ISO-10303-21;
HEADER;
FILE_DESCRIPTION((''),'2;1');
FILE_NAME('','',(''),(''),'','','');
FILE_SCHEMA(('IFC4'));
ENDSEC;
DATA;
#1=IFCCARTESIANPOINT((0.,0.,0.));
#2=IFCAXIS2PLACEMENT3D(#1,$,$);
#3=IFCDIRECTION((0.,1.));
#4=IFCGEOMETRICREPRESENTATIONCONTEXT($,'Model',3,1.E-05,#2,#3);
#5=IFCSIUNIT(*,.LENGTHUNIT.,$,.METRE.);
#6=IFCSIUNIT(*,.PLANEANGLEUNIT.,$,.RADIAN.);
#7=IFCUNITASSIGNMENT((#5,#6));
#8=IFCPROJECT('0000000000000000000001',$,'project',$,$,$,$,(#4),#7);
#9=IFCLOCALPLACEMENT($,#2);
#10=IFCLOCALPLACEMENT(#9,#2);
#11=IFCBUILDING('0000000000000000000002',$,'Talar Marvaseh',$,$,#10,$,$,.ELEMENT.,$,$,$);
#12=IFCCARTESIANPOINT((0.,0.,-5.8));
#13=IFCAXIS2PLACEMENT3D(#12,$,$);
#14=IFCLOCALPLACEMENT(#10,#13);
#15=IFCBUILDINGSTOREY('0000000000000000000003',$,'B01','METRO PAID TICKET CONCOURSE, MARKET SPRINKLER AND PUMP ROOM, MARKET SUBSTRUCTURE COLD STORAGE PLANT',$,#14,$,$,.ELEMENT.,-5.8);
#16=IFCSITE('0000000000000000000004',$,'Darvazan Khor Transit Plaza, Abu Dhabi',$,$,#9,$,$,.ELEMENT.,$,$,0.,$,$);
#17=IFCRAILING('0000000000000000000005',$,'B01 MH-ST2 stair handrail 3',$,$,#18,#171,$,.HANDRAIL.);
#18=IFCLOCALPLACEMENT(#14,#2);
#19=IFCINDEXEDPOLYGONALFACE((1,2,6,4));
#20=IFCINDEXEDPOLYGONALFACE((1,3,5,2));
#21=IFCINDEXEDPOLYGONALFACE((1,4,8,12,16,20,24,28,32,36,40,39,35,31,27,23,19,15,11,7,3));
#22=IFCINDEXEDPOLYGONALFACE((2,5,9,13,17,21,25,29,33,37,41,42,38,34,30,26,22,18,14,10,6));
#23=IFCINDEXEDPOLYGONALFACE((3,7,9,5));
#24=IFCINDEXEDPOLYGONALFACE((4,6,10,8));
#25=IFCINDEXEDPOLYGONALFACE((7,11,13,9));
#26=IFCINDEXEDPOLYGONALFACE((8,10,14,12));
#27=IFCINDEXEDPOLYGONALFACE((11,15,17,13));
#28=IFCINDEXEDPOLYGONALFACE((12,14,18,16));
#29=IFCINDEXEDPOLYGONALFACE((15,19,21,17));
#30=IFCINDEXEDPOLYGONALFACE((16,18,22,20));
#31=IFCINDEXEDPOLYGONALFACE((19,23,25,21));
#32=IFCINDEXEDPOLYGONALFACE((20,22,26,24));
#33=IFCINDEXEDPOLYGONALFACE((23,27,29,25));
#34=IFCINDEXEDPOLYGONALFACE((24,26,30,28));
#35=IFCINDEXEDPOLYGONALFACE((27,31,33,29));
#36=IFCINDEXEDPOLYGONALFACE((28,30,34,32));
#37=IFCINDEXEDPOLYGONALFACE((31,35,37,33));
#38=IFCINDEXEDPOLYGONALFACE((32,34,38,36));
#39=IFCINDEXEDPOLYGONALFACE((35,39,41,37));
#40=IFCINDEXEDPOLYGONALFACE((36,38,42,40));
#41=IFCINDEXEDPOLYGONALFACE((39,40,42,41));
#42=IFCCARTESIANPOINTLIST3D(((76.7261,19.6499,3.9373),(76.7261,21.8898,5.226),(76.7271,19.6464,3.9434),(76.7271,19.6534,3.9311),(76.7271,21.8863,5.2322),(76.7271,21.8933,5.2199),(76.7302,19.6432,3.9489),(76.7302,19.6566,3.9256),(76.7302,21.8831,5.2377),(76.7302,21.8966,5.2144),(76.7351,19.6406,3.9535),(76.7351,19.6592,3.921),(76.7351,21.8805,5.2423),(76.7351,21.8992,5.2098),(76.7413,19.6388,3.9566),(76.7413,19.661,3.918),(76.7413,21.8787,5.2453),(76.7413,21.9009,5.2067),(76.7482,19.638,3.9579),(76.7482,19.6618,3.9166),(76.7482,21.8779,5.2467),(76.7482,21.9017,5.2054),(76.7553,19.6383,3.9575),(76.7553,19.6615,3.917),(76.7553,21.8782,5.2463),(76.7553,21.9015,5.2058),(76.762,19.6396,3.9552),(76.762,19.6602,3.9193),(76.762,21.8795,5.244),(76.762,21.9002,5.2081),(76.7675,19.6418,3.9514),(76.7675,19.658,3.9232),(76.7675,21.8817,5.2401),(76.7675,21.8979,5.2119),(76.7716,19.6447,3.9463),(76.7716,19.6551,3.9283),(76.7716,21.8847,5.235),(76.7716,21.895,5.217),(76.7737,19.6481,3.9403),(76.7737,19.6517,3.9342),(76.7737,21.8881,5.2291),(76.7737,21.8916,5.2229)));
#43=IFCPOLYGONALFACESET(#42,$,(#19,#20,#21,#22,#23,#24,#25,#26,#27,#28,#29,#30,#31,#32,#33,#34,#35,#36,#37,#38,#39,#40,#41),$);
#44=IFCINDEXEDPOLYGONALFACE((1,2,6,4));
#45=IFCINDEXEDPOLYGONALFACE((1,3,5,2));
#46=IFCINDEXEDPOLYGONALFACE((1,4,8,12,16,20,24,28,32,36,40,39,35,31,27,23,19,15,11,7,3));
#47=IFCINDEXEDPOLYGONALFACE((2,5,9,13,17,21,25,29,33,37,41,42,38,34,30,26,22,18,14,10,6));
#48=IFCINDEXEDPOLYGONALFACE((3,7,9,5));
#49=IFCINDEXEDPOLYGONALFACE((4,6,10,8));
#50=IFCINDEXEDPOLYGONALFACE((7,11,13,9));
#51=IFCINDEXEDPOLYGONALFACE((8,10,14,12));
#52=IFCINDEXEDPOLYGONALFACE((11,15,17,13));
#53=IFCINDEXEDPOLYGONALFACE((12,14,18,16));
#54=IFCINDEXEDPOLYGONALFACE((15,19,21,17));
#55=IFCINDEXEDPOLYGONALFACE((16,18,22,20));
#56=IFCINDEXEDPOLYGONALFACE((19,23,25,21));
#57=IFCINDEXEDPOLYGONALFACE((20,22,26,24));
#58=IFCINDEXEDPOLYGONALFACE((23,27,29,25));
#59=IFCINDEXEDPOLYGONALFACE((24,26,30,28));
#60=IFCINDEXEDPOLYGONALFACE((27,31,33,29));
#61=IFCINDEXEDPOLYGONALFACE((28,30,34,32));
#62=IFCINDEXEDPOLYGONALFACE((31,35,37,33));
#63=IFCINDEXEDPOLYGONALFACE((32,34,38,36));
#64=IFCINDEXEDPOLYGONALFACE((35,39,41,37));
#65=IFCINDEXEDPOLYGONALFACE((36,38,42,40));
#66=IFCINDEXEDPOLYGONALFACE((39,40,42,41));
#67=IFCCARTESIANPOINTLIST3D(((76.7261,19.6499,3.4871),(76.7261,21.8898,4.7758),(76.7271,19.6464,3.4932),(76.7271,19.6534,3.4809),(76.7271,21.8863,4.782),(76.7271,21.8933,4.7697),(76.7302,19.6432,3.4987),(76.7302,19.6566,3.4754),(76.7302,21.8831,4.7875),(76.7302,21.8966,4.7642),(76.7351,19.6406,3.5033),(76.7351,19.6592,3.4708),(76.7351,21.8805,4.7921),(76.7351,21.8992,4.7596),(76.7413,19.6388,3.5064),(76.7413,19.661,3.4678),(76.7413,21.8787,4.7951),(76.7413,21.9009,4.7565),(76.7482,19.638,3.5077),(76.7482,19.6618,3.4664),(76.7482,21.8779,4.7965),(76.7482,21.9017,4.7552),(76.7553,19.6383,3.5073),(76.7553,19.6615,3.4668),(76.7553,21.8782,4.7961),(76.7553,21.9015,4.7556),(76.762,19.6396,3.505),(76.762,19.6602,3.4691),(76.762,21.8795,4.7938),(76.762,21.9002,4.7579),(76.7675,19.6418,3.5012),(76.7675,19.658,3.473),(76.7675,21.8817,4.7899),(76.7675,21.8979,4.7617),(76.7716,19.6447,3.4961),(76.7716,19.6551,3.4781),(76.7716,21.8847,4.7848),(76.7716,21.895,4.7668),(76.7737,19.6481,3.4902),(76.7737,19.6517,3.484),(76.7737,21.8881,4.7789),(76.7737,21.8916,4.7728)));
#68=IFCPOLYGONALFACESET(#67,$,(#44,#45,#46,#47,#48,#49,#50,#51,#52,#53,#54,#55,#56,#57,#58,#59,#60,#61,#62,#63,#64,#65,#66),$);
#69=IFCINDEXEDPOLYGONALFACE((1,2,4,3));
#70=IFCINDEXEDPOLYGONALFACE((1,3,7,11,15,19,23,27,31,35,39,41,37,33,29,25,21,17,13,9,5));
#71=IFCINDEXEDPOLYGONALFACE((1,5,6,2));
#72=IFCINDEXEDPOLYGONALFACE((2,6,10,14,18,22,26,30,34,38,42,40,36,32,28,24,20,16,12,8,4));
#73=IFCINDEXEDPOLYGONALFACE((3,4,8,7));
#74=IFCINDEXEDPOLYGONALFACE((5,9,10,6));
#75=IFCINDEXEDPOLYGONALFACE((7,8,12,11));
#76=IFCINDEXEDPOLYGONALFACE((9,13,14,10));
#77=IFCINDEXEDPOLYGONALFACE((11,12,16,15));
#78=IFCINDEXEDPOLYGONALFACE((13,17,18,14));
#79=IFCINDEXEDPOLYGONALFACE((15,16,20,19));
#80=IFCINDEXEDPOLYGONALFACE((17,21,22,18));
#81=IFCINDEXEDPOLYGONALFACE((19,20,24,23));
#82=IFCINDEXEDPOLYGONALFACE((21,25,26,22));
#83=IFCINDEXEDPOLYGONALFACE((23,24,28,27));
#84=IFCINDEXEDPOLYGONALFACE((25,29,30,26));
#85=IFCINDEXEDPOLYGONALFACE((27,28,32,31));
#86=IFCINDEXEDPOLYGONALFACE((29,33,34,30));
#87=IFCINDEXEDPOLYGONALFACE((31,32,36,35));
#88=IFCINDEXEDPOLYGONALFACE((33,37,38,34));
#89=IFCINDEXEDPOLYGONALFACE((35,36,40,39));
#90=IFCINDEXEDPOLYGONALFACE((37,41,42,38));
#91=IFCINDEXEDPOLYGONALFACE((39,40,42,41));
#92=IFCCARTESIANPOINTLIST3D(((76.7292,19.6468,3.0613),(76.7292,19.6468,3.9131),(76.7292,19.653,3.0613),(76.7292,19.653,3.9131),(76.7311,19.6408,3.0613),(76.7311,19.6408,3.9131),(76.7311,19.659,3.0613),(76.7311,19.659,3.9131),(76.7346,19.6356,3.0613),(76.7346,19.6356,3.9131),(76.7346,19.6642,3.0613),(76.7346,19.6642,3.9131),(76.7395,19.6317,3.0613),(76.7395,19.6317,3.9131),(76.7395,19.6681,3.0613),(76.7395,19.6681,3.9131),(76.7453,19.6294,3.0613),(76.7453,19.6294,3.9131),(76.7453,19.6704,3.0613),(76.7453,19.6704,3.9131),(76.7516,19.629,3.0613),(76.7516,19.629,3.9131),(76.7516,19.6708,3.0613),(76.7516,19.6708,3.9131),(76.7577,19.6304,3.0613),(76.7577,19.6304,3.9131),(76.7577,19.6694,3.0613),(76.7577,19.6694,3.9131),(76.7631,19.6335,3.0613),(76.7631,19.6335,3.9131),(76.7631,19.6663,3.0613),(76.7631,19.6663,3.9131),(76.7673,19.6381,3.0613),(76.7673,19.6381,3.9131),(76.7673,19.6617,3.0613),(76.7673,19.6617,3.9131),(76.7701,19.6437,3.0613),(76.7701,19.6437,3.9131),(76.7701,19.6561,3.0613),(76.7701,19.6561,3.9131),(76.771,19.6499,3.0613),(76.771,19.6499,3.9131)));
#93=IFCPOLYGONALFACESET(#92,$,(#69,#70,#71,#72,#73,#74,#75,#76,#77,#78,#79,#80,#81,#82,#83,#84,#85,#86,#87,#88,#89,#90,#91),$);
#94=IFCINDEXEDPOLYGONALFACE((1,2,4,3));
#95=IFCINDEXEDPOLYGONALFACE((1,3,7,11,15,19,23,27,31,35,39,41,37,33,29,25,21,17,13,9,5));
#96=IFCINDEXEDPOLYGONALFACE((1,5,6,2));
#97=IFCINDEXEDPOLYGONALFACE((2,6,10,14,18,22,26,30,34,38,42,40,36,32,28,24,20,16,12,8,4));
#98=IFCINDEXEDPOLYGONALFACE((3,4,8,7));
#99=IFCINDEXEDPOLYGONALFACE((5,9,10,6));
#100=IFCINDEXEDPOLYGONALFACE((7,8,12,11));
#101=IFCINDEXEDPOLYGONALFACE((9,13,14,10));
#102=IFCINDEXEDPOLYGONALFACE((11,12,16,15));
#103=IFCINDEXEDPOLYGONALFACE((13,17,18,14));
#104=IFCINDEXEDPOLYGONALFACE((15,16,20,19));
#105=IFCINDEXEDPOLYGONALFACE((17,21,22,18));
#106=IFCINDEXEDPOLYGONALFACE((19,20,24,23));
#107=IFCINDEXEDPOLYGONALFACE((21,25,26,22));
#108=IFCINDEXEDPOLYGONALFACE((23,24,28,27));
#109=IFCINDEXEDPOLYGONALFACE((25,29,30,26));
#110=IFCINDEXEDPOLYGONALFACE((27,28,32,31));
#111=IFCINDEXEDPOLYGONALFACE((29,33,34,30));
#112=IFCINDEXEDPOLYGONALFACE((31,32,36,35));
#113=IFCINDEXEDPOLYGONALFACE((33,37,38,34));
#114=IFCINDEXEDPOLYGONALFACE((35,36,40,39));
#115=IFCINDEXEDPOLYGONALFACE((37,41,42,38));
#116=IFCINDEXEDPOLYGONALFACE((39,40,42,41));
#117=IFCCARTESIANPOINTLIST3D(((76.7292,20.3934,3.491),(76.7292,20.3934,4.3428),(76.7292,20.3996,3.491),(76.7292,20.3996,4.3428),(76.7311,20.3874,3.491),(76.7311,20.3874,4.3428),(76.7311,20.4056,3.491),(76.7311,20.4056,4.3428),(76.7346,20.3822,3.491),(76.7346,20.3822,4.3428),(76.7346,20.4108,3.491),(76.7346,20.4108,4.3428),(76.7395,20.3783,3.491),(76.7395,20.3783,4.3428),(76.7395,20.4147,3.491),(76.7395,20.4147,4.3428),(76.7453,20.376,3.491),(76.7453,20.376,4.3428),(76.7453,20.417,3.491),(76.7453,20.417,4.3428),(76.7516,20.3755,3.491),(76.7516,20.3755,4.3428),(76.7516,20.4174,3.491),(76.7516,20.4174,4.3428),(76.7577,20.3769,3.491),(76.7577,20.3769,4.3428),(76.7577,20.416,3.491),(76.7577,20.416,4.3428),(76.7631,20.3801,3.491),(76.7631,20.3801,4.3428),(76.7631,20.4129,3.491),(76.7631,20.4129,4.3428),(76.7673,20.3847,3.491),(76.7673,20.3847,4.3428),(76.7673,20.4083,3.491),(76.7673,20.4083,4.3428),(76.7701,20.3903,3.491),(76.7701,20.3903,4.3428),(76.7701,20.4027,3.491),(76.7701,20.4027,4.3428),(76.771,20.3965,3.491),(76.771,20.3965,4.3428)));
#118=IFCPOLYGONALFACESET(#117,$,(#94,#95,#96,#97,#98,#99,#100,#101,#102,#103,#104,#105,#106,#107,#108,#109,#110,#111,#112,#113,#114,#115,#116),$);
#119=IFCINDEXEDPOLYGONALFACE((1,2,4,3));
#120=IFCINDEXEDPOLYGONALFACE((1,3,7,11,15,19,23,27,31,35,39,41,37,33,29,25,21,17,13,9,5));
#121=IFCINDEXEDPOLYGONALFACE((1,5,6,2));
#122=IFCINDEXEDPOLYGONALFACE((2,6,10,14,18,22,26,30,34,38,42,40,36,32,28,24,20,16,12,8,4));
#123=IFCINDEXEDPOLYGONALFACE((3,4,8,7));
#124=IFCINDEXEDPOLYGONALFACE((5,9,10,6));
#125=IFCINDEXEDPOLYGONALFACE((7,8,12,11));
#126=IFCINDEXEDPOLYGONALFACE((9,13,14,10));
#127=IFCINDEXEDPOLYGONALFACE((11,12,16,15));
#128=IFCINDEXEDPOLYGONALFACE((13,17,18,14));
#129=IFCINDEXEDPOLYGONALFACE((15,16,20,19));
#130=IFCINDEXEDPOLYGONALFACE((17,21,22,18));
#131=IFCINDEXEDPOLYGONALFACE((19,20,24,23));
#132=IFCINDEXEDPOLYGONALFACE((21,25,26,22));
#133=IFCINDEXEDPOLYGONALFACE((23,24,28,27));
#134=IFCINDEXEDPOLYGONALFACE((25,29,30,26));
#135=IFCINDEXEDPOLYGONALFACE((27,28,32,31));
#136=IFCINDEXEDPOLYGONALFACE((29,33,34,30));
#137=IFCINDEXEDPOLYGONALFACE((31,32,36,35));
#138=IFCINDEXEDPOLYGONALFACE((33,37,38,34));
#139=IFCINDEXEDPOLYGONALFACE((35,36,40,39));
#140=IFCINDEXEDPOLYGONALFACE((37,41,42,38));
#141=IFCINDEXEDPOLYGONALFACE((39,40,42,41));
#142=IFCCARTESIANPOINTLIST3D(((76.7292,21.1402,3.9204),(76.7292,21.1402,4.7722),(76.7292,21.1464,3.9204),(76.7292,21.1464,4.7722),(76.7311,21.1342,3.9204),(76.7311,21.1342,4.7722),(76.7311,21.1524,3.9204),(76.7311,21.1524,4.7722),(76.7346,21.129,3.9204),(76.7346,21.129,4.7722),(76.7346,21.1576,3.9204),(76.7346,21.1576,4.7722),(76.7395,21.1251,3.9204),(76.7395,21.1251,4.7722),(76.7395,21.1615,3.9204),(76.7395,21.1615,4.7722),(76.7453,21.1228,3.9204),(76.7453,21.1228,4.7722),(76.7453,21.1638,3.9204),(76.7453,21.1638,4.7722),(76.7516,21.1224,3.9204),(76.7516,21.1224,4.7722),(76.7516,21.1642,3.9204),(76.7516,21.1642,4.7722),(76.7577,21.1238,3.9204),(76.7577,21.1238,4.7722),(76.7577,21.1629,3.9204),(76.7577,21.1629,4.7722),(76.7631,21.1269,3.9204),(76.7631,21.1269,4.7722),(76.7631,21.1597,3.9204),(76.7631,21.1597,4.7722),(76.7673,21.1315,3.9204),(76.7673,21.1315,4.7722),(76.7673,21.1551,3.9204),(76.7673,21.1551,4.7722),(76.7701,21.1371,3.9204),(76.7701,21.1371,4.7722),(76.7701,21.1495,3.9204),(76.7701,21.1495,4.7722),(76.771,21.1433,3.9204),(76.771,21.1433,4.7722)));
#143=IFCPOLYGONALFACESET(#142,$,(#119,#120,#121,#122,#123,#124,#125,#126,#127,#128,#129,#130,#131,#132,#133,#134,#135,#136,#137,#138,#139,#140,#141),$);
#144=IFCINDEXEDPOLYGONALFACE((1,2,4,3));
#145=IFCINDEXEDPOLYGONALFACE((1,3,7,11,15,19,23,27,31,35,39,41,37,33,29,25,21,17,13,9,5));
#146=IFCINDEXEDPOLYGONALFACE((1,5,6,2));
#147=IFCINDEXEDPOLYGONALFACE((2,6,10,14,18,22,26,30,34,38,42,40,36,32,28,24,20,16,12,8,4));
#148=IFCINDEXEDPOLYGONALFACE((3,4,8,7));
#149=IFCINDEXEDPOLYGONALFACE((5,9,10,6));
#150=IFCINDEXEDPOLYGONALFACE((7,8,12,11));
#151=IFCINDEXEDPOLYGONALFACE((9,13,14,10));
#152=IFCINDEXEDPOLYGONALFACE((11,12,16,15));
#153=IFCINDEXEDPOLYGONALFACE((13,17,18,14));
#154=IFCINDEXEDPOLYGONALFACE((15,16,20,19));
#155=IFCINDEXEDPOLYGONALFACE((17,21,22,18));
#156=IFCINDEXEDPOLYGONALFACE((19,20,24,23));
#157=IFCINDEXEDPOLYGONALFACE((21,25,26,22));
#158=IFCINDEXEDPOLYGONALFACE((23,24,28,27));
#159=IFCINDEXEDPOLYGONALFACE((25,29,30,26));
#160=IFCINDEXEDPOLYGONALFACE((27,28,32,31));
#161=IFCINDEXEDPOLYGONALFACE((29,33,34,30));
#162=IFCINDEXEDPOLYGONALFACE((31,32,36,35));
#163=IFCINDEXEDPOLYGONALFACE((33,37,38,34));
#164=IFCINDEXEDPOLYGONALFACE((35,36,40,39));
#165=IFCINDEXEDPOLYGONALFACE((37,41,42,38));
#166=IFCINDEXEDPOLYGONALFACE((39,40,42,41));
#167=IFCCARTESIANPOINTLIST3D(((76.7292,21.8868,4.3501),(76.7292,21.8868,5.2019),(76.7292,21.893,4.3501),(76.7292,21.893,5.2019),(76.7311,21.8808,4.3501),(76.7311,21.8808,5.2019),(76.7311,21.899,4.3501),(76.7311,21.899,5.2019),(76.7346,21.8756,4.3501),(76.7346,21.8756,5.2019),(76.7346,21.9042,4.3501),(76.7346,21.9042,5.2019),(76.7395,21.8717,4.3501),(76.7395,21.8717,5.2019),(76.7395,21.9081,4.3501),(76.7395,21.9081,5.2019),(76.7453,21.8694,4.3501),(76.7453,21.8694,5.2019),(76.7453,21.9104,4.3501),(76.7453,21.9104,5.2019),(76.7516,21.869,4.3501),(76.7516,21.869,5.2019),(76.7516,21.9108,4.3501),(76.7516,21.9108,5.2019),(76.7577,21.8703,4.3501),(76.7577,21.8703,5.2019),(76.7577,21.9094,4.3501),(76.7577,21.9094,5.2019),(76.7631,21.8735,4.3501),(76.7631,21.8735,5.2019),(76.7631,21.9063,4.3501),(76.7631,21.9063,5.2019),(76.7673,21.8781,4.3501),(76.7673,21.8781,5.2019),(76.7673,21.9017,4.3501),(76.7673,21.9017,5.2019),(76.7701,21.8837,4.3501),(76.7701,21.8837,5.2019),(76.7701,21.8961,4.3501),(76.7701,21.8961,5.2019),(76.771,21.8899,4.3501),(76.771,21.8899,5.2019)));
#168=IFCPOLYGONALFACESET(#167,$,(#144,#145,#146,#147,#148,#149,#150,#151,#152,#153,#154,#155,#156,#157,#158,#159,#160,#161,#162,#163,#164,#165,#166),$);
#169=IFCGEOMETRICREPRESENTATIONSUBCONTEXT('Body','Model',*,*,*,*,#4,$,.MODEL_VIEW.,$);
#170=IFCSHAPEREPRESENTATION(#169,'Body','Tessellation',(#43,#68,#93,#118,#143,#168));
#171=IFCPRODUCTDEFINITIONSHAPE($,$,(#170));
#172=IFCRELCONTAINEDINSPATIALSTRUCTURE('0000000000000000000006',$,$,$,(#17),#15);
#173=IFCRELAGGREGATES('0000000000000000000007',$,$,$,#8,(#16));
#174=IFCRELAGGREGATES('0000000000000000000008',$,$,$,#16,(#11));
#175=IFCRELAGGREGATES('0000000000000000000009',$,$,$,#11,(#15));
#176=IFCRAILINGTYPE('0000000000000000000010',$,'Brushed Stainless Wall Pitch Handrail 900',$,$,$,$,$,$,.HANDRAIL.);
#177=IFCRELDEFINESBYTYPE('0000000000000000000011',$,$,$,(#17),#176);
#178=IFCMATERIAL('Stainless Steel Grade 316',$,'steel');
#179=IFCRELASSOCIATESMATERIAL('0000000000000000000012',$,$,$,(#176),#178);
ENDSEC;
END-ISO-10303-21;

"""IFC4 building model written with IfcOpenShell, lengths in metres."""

from ifc_helpers import new_model, si_unit, direction, frame, origin, origin_2d, place, context, subcontext, project, spatial, circle, extrude, material, type_object, element, save


model = new_model("IFC4")

# Units and contexts
model_context = context("Model", 3, precision=1e-05, world=origin(), true_north=direction((0.0, 1.0)))
body_context = subcontext(model_context, "Body", "Model", "MODEL_VIEW")
ifc_project = project(units=[si_unit("LENGTHUNIT", "METRE"), si_unit("PLANEANGLEUNIT", "RADIAN")], contexts=[model_context])

# Site, building, storey
site_placement = place(None, origin())
site = spatial("IfcSite", under=ifc_project, at=site_placement, Name="Darvazan Khor Transit Plaza, Abu Dhabi", CompositionType="ELEMENT", RefElevation=0.0)
building_placement = place(site_placement, origin())
building = spatial("IfcBuilding", under=site, at=building_placement, Name="Talar Marvaseh", CompositionType="ELEMENT")
storey_placement = place(building_placement, frame((0.0, 0.0, -5.8)))
storey = spatial("IfcBuildingStorey", under=building, at=storey_placement, Name="B01", Description="METRO PAID TICKET CONCOURSE, MARKET SPRINKLER AND PUMP ROOM, MARKET SUBSTRUCTURE COLD STORAGE PLANT", CompositionType="ELEMENT", Elevation=-5.8)

# Railing
ifc_material_1 = material(Name="Stainless Steel Grade 316", Category="steel")
railing_type_1 = type_object("IfcRailingType", Name="Brushed Stainless Wall Pitch Handrail 900", PredefinedType="HANDRAIL", material=ifc_material_1)
railing_1_placement = place(storey_placement, frame((76.75, 19.6499, 3.0613)))
element("IfcRailing", 1, at=railing_1_placement, inside=storey, type_object=railing_type_1, Name="B01 MH-ST2 stair handrail 3", PredefinedType="HANDRAIL", context=body_context, shape_type="SweptSolid", body=[
    extrude(circle(Radius=0.0239, at=origin_2d()), frame((0.0, 0.0, 0.876), z_axis=(0.0, 0.866768, 0.498711), x_axis=(-1.0, 0.0, 0.0)), (0.0, 0.0, 1.0), 2.5842),
    extrude(circle(Radius=0.0239, at=origin_2d()), frame((0.0, 0.0, 0.4258), z_axis=(0.0, 0.866768, 0.498711), x_axis=(-1.0, 0.0, 0.0)), (0.0, 0.0, 1.0), 2.5842),
    extrude(circle(Radius=0.021, at=origin_2d()), origin(), (0.0, 0.0, 1.0), 0.8518),
    extrude(circle(Radius=0.021, at=origin_2d()), frame((0.0, 0.7466, 0.4297)), (0.0, 0.0, 1.0), 0.8518),
    extrude(circle(Radius=0.021, at=origin_2d()), frame((0.0, 1.4934, 0.8591)), (0.0, 0.0, 1.0), 0.8518),
    extrude(circle(Radius=0.021, at=origin_2d()), frame((0.0, 2.24, 1.2888)), (0.0, 0.0, 1.0), 0.8518),
])

save(model, "model.ifc")
